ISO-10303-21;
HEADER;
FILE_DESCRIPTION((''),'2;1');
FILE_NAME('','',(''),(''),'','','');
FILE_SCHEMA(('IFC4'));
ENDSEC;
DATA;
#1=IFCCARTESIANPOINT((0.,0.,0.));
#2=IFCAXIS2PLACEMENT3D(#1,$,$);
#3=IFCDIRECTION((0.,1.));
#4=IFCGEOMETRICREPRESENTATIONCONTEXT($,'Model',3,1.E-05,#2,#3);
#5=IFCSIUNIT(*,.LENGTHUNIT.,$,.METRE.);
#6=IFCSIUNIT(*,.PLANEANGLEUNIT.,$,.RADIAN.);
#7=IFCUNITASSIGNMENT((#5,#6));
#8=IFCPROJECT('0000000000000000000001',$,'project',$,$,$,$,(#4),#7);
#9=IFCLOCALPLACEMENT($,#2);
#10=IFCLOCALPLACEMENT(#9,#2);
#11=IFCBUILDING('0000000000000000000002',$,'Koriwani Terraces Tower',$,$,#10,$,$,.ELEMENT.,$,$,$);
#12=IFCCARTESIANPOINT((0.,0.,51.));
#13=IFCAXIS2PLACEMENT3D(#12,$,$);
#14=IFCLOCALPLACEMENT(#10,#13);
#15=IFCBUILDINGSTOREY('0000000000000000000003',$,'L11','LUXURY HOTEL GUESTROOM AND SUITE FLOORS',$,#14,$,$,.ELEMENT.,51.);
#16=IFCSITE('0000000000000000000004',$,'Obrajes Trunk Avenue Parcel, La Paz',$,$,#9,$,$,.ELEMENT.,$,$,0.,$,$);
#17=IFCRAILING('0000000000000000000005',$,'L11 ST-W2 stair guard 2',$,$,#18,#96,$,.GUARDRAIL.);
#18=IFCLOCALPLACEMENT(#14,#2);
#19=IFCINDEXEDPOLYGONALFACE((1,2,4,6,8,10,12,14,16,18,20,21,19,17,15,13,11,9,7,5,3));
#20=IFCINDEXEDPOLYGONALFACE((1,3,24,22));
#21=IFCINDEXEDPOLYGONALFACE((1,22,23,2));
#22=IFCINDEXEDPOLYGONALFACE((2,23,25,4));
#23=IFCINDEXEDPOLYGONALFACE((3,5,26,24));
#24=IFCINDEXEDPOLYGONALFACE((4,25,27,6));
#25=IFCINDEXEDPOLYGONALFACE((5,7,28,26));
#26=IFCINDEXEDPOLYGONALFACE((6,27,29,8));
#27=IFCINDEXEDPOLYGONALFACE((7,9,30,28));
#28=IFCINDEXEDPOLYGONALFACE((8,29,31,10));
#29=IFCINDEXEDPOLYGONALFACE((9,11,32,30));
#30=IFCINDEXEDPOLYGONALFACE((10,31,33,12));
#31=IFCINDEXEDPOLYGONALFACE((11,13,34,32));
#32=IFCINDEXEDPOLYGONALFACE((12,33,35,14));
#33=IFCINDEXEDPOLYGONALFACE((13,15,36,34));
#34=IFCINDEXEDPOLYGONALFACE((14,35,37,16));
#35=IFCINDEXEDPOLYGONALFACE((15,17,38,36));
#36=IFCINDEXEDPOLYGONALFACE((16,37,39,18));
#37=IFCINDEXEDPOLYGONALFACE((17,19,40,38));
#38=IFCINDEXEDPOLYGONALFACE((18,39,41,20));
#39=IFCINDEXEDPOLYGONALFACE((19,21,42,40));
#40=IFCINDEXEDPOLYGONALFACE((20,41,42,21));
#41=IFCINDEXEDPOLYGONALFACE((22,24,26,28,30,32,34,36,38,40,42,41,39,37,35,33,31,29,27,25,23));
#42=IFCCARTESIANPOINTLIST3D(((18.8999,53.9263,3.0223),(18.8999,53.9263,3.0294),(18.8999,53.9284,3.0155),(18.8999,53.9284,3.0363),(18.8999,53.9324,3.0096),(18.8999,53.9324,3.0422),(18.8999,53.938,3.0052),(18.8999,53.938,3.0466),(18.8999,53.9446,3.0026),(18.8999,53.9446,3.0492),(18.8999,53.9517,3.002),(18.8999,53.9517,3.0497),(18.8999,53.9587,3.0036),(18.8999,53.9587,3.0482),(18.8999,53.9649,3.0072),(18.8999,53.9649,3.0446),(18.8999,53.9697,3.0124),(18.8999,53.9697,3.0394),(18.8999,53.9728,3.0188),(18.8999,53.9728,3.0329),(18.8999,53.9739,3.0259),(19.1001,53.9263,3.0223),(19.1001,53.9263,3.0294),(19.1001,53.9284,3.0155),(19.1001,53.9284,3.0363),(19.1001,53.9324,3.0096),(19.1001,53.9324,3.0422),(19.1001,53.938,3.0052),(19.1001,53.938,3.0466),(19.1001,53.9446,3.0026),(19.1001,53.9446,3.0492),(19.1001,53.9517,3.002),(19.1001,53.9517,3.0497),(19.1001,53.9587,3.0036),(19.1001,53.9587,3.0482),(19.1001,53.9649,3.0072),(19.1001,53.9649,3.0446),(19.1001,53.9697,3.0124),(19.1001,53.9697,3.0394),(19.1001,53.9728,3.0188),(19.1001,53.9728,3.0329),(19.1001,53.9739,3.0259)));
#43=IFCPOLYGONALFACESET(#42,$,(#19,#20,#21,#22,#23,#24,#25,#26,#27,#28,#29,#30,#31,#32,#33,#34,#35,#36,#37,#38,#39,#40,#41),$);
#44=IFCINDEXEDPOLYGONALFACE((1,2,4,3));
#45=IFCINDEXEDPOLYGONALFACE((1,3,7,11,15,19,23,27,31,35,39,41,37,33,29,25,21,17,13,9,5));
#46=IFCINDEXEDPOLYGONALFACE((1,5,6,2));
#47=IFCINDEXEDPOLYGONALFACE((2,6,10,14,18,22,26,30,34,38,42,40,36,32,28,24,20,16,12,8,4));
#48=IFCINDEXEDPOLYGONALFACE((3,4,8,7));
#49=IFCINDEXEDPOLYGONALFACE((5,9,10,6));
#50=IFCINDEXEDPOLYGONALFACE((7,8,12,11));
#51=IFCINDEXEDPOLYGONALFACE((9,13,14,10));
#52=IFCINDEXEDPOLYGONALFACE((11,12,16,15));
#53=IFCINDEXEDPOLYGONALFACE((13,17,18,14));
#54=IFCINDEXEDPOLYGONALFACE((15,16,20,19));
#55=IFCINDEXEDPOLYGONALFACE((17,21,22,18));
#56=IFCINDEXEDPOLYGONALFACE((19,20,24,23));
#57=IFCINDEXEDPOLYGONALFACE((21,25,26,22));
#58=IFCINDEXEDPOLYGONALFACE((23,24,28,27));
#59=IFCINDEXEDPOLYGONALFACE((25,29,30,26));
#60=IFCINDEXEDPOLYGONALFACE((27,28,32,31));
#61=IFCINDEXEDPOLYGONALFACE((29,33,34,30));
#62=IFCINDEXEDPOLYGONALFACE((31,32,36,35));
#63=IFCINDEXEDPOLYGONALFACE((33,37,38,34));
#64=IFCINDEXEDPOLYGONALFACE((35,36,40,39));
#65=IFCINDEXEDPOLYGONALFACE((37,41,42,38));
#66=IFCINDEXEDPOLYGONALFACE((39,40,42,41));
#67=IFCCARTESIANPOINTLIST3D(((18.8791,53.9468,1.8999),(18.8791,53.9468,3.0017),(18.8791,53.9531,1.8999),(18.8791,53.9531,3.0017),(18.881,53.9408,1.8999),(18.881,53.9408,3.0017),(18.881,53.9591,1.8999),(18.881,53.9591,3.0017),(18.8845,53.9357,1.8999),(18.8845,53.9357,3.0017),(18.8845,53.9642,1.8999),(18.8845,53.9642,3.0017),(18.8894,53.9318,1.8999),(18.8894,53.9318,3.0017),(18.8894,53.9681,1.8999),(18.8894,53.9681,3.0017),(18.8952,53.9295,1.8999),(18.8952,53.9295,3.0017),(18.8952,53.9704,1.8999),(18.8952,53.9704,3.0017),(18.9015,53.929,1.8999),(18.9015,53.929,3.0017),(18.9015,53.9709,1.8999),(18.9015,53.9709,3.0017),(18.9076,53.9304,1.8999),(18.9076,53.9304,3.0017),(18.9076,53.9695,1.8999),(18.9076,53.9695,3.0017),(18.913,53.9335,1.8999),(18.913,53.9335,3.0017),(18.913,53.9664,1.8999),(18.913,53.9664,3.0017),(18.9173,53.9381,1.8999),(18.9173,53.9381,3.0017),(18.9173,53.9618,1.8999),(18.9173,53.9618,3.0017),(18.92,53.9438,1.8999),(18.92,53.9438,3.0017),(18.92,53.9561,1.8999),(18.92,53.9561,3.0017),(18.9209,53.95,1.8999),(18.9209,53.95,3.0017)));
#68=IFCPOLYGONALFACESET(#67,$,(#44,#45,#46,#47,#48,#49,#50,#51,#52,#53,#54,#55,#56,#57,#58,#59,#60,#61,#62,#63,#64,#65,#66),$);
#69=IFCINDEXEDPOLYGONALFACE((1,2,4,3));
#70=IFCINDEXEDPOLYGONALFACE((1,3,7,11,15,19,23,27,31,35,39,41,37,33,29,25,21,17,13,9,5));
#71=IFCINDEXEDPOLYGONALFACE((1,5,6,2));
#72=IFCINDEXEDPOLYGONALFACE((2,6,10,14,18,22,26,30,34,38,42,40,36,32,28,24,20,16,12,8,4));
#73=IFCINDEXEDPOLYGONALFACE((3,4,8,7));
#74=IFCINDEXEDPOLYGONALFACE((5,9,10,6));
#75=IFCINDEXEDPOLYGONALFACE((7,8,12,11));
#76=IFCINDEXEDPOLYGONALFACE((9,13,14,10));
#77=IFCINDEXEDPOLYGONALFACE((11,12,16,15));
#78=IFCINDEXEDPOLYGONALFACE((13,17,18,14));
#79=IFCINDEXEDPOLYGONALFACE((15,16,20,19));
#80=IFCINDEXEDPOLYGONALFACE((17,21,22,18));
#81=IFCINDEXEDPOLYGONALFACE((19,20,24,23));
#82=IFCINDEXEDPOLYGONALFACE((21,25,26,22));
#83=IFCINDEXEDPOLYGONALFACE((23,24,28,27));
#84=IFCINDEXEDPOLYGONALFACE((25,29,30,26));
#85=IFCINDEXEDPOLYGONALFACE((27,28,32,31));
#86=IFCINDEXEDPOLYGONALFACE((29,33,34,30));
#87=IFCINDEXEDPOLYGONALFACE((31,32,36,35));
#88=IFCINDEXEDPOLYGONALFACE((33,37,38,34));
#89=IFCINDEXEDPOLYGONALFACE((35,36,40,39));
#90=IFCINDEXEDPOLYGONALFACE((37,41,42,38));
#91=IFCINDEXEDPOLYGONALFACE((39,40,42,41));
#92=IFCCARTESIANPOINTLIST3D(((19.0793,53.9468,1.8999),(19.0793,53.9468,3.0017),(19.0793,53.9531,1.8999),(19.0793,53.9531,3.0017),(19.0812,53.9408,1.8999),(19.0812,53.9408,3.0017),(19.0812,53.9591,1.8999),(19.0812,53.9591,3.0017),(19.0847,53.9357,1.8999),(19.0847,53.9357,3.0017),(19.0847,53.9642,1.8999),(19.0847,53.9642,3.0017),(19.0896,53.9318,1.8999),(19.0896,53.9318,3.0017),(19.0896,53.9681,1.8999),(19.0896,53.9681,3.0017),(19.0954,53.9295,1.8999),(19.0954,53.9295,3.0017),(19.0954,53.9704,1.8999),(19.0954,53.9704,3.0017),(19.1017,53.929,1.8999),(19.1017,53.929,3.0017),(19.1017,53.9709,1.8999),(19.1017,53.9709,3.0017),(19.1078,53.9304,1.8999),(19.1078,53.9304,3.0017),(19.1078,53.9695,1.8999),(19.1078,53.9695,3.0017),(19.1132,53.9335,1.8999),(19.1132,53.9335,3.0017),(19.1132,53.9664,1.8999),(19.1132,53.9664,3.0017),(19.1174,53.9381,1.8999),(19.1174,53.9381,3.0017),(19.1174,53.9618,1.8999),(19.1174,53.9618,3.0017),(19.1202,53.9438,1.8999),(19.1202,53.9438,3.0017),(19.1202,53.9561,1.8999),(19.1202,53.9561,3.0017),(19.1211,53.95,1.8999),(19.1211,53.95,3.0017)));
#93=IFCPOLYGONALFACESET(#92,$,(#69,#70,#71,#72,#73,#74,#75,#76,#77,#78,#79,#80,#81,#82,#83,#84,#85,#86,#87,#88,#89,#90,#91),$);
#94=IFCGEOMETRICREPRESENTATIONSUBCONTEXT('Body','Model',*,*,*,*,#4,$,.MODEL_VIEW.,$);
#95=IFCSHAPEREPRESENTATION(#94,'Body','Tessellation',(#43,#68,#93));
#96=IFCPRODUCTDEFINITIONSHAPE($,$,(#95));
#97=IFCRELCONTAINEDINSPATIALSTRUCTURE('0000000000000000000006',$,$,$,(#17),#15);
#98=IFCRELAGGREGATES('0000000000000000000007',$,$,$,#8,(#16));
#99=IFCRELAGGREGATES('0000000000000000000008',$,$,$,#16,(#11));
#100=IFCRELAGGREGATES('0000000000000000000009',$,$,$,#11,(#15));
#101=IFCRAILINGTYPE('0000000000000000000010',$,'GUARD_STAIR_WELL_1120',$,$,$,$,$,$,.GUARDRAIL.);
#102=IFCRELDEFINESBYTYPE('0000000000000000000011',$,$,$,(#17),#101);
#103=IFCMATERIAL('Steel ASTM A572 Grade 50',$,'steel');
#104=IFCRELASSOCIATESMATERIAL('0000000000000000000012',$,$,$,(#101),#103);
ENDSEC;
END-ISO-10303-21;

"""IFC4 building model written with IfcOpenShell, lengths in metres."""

from ifc_helpers import new_model, si_unit, direction, frame, origin, origin_2d, place, context, subcontext, project, spatial, circle, extrude, material, type_object, element, save


model = new_model("IFC4")

# Units and contexts
model_context = context("Model", 3, precision=1e-05, world=origin(), true_north=direction((0.0, 1.0)))
body_context = subcontext(model_context, "Body", "Model", "MODEL_VIEW")
ifc_project = project(units=[si_unit("LENGTHUNIT", "METRE"), si_unit("PLANEANGLEUNIT", "RADIAN")], contexts=[model_context])

# Site, building, storey
site_placement = place(None, origin())
site = spatial("IfcSite", under=ifc_project, at=site_placement, Name="Obrajes Trunk Avenue Parcel, La Paz", CompositionType="ELEMENT", RefElevation=0.0)
building_placement = place(site_placement, origin())
building = spatial("IfcBuilding", under=site, at=building_placement, Name="Koriwani Terraces Tower", CompositionType="ELEMENT")
storey_placement = place(building_placement, frame((0.0, 0.0, 51.0)))
storey = spatial("IfcBuildingStorey", under=building, at=storey_placement, Name="L11", Description="LUXURY HOTEL GUESTROOM AND SUITE FLOORS", CompositionType="ELEMENT", Elevation=51.0)

# Shared definitions
ifc_material_1 = material(Name="Steel ASTM A572 Grade 50", Category="steel")

# Railing
railing_type_1 = type_object("IfcRailingType", Name="GUARD_STAIR_WELL_1120", PredefinedType="GUARDRAIL", material=ifc_material_1)
railing_1_placement = place(storey_placement, frame((18.8999, 53.95, 1.8999)))
element("IfcRailing", 1, at=railing_1_placement, inside=storey, type_object=railing_type_1, Name="L11 ST-W2 stair guard 2", PredefinedType="GUARDRAIL", context=body_context, shape_type="SweptSolid", body=[
    extrude(circle(Radius=0.0239, at=origin_2d()), frame((0.0, 0.0, 1.126), z_axis=(1.0, 0.0, 0.0), x_axis=(0.0, 1.0, 0.0)), (0.0, 0.0, 1.0), 0.2002),
    extrude(circle(Radius=0.021, at=origin_2d()), origin(), (0.0, 0.0, 1.0), 1.1018),
    extrude(circle(Radius=0.021, at=origin_2d()), frame((0.2002, 0.0, 0.0)), (0.0, 0.0, 1.0), 1.1018),
])

save(model, "model.ifc")
